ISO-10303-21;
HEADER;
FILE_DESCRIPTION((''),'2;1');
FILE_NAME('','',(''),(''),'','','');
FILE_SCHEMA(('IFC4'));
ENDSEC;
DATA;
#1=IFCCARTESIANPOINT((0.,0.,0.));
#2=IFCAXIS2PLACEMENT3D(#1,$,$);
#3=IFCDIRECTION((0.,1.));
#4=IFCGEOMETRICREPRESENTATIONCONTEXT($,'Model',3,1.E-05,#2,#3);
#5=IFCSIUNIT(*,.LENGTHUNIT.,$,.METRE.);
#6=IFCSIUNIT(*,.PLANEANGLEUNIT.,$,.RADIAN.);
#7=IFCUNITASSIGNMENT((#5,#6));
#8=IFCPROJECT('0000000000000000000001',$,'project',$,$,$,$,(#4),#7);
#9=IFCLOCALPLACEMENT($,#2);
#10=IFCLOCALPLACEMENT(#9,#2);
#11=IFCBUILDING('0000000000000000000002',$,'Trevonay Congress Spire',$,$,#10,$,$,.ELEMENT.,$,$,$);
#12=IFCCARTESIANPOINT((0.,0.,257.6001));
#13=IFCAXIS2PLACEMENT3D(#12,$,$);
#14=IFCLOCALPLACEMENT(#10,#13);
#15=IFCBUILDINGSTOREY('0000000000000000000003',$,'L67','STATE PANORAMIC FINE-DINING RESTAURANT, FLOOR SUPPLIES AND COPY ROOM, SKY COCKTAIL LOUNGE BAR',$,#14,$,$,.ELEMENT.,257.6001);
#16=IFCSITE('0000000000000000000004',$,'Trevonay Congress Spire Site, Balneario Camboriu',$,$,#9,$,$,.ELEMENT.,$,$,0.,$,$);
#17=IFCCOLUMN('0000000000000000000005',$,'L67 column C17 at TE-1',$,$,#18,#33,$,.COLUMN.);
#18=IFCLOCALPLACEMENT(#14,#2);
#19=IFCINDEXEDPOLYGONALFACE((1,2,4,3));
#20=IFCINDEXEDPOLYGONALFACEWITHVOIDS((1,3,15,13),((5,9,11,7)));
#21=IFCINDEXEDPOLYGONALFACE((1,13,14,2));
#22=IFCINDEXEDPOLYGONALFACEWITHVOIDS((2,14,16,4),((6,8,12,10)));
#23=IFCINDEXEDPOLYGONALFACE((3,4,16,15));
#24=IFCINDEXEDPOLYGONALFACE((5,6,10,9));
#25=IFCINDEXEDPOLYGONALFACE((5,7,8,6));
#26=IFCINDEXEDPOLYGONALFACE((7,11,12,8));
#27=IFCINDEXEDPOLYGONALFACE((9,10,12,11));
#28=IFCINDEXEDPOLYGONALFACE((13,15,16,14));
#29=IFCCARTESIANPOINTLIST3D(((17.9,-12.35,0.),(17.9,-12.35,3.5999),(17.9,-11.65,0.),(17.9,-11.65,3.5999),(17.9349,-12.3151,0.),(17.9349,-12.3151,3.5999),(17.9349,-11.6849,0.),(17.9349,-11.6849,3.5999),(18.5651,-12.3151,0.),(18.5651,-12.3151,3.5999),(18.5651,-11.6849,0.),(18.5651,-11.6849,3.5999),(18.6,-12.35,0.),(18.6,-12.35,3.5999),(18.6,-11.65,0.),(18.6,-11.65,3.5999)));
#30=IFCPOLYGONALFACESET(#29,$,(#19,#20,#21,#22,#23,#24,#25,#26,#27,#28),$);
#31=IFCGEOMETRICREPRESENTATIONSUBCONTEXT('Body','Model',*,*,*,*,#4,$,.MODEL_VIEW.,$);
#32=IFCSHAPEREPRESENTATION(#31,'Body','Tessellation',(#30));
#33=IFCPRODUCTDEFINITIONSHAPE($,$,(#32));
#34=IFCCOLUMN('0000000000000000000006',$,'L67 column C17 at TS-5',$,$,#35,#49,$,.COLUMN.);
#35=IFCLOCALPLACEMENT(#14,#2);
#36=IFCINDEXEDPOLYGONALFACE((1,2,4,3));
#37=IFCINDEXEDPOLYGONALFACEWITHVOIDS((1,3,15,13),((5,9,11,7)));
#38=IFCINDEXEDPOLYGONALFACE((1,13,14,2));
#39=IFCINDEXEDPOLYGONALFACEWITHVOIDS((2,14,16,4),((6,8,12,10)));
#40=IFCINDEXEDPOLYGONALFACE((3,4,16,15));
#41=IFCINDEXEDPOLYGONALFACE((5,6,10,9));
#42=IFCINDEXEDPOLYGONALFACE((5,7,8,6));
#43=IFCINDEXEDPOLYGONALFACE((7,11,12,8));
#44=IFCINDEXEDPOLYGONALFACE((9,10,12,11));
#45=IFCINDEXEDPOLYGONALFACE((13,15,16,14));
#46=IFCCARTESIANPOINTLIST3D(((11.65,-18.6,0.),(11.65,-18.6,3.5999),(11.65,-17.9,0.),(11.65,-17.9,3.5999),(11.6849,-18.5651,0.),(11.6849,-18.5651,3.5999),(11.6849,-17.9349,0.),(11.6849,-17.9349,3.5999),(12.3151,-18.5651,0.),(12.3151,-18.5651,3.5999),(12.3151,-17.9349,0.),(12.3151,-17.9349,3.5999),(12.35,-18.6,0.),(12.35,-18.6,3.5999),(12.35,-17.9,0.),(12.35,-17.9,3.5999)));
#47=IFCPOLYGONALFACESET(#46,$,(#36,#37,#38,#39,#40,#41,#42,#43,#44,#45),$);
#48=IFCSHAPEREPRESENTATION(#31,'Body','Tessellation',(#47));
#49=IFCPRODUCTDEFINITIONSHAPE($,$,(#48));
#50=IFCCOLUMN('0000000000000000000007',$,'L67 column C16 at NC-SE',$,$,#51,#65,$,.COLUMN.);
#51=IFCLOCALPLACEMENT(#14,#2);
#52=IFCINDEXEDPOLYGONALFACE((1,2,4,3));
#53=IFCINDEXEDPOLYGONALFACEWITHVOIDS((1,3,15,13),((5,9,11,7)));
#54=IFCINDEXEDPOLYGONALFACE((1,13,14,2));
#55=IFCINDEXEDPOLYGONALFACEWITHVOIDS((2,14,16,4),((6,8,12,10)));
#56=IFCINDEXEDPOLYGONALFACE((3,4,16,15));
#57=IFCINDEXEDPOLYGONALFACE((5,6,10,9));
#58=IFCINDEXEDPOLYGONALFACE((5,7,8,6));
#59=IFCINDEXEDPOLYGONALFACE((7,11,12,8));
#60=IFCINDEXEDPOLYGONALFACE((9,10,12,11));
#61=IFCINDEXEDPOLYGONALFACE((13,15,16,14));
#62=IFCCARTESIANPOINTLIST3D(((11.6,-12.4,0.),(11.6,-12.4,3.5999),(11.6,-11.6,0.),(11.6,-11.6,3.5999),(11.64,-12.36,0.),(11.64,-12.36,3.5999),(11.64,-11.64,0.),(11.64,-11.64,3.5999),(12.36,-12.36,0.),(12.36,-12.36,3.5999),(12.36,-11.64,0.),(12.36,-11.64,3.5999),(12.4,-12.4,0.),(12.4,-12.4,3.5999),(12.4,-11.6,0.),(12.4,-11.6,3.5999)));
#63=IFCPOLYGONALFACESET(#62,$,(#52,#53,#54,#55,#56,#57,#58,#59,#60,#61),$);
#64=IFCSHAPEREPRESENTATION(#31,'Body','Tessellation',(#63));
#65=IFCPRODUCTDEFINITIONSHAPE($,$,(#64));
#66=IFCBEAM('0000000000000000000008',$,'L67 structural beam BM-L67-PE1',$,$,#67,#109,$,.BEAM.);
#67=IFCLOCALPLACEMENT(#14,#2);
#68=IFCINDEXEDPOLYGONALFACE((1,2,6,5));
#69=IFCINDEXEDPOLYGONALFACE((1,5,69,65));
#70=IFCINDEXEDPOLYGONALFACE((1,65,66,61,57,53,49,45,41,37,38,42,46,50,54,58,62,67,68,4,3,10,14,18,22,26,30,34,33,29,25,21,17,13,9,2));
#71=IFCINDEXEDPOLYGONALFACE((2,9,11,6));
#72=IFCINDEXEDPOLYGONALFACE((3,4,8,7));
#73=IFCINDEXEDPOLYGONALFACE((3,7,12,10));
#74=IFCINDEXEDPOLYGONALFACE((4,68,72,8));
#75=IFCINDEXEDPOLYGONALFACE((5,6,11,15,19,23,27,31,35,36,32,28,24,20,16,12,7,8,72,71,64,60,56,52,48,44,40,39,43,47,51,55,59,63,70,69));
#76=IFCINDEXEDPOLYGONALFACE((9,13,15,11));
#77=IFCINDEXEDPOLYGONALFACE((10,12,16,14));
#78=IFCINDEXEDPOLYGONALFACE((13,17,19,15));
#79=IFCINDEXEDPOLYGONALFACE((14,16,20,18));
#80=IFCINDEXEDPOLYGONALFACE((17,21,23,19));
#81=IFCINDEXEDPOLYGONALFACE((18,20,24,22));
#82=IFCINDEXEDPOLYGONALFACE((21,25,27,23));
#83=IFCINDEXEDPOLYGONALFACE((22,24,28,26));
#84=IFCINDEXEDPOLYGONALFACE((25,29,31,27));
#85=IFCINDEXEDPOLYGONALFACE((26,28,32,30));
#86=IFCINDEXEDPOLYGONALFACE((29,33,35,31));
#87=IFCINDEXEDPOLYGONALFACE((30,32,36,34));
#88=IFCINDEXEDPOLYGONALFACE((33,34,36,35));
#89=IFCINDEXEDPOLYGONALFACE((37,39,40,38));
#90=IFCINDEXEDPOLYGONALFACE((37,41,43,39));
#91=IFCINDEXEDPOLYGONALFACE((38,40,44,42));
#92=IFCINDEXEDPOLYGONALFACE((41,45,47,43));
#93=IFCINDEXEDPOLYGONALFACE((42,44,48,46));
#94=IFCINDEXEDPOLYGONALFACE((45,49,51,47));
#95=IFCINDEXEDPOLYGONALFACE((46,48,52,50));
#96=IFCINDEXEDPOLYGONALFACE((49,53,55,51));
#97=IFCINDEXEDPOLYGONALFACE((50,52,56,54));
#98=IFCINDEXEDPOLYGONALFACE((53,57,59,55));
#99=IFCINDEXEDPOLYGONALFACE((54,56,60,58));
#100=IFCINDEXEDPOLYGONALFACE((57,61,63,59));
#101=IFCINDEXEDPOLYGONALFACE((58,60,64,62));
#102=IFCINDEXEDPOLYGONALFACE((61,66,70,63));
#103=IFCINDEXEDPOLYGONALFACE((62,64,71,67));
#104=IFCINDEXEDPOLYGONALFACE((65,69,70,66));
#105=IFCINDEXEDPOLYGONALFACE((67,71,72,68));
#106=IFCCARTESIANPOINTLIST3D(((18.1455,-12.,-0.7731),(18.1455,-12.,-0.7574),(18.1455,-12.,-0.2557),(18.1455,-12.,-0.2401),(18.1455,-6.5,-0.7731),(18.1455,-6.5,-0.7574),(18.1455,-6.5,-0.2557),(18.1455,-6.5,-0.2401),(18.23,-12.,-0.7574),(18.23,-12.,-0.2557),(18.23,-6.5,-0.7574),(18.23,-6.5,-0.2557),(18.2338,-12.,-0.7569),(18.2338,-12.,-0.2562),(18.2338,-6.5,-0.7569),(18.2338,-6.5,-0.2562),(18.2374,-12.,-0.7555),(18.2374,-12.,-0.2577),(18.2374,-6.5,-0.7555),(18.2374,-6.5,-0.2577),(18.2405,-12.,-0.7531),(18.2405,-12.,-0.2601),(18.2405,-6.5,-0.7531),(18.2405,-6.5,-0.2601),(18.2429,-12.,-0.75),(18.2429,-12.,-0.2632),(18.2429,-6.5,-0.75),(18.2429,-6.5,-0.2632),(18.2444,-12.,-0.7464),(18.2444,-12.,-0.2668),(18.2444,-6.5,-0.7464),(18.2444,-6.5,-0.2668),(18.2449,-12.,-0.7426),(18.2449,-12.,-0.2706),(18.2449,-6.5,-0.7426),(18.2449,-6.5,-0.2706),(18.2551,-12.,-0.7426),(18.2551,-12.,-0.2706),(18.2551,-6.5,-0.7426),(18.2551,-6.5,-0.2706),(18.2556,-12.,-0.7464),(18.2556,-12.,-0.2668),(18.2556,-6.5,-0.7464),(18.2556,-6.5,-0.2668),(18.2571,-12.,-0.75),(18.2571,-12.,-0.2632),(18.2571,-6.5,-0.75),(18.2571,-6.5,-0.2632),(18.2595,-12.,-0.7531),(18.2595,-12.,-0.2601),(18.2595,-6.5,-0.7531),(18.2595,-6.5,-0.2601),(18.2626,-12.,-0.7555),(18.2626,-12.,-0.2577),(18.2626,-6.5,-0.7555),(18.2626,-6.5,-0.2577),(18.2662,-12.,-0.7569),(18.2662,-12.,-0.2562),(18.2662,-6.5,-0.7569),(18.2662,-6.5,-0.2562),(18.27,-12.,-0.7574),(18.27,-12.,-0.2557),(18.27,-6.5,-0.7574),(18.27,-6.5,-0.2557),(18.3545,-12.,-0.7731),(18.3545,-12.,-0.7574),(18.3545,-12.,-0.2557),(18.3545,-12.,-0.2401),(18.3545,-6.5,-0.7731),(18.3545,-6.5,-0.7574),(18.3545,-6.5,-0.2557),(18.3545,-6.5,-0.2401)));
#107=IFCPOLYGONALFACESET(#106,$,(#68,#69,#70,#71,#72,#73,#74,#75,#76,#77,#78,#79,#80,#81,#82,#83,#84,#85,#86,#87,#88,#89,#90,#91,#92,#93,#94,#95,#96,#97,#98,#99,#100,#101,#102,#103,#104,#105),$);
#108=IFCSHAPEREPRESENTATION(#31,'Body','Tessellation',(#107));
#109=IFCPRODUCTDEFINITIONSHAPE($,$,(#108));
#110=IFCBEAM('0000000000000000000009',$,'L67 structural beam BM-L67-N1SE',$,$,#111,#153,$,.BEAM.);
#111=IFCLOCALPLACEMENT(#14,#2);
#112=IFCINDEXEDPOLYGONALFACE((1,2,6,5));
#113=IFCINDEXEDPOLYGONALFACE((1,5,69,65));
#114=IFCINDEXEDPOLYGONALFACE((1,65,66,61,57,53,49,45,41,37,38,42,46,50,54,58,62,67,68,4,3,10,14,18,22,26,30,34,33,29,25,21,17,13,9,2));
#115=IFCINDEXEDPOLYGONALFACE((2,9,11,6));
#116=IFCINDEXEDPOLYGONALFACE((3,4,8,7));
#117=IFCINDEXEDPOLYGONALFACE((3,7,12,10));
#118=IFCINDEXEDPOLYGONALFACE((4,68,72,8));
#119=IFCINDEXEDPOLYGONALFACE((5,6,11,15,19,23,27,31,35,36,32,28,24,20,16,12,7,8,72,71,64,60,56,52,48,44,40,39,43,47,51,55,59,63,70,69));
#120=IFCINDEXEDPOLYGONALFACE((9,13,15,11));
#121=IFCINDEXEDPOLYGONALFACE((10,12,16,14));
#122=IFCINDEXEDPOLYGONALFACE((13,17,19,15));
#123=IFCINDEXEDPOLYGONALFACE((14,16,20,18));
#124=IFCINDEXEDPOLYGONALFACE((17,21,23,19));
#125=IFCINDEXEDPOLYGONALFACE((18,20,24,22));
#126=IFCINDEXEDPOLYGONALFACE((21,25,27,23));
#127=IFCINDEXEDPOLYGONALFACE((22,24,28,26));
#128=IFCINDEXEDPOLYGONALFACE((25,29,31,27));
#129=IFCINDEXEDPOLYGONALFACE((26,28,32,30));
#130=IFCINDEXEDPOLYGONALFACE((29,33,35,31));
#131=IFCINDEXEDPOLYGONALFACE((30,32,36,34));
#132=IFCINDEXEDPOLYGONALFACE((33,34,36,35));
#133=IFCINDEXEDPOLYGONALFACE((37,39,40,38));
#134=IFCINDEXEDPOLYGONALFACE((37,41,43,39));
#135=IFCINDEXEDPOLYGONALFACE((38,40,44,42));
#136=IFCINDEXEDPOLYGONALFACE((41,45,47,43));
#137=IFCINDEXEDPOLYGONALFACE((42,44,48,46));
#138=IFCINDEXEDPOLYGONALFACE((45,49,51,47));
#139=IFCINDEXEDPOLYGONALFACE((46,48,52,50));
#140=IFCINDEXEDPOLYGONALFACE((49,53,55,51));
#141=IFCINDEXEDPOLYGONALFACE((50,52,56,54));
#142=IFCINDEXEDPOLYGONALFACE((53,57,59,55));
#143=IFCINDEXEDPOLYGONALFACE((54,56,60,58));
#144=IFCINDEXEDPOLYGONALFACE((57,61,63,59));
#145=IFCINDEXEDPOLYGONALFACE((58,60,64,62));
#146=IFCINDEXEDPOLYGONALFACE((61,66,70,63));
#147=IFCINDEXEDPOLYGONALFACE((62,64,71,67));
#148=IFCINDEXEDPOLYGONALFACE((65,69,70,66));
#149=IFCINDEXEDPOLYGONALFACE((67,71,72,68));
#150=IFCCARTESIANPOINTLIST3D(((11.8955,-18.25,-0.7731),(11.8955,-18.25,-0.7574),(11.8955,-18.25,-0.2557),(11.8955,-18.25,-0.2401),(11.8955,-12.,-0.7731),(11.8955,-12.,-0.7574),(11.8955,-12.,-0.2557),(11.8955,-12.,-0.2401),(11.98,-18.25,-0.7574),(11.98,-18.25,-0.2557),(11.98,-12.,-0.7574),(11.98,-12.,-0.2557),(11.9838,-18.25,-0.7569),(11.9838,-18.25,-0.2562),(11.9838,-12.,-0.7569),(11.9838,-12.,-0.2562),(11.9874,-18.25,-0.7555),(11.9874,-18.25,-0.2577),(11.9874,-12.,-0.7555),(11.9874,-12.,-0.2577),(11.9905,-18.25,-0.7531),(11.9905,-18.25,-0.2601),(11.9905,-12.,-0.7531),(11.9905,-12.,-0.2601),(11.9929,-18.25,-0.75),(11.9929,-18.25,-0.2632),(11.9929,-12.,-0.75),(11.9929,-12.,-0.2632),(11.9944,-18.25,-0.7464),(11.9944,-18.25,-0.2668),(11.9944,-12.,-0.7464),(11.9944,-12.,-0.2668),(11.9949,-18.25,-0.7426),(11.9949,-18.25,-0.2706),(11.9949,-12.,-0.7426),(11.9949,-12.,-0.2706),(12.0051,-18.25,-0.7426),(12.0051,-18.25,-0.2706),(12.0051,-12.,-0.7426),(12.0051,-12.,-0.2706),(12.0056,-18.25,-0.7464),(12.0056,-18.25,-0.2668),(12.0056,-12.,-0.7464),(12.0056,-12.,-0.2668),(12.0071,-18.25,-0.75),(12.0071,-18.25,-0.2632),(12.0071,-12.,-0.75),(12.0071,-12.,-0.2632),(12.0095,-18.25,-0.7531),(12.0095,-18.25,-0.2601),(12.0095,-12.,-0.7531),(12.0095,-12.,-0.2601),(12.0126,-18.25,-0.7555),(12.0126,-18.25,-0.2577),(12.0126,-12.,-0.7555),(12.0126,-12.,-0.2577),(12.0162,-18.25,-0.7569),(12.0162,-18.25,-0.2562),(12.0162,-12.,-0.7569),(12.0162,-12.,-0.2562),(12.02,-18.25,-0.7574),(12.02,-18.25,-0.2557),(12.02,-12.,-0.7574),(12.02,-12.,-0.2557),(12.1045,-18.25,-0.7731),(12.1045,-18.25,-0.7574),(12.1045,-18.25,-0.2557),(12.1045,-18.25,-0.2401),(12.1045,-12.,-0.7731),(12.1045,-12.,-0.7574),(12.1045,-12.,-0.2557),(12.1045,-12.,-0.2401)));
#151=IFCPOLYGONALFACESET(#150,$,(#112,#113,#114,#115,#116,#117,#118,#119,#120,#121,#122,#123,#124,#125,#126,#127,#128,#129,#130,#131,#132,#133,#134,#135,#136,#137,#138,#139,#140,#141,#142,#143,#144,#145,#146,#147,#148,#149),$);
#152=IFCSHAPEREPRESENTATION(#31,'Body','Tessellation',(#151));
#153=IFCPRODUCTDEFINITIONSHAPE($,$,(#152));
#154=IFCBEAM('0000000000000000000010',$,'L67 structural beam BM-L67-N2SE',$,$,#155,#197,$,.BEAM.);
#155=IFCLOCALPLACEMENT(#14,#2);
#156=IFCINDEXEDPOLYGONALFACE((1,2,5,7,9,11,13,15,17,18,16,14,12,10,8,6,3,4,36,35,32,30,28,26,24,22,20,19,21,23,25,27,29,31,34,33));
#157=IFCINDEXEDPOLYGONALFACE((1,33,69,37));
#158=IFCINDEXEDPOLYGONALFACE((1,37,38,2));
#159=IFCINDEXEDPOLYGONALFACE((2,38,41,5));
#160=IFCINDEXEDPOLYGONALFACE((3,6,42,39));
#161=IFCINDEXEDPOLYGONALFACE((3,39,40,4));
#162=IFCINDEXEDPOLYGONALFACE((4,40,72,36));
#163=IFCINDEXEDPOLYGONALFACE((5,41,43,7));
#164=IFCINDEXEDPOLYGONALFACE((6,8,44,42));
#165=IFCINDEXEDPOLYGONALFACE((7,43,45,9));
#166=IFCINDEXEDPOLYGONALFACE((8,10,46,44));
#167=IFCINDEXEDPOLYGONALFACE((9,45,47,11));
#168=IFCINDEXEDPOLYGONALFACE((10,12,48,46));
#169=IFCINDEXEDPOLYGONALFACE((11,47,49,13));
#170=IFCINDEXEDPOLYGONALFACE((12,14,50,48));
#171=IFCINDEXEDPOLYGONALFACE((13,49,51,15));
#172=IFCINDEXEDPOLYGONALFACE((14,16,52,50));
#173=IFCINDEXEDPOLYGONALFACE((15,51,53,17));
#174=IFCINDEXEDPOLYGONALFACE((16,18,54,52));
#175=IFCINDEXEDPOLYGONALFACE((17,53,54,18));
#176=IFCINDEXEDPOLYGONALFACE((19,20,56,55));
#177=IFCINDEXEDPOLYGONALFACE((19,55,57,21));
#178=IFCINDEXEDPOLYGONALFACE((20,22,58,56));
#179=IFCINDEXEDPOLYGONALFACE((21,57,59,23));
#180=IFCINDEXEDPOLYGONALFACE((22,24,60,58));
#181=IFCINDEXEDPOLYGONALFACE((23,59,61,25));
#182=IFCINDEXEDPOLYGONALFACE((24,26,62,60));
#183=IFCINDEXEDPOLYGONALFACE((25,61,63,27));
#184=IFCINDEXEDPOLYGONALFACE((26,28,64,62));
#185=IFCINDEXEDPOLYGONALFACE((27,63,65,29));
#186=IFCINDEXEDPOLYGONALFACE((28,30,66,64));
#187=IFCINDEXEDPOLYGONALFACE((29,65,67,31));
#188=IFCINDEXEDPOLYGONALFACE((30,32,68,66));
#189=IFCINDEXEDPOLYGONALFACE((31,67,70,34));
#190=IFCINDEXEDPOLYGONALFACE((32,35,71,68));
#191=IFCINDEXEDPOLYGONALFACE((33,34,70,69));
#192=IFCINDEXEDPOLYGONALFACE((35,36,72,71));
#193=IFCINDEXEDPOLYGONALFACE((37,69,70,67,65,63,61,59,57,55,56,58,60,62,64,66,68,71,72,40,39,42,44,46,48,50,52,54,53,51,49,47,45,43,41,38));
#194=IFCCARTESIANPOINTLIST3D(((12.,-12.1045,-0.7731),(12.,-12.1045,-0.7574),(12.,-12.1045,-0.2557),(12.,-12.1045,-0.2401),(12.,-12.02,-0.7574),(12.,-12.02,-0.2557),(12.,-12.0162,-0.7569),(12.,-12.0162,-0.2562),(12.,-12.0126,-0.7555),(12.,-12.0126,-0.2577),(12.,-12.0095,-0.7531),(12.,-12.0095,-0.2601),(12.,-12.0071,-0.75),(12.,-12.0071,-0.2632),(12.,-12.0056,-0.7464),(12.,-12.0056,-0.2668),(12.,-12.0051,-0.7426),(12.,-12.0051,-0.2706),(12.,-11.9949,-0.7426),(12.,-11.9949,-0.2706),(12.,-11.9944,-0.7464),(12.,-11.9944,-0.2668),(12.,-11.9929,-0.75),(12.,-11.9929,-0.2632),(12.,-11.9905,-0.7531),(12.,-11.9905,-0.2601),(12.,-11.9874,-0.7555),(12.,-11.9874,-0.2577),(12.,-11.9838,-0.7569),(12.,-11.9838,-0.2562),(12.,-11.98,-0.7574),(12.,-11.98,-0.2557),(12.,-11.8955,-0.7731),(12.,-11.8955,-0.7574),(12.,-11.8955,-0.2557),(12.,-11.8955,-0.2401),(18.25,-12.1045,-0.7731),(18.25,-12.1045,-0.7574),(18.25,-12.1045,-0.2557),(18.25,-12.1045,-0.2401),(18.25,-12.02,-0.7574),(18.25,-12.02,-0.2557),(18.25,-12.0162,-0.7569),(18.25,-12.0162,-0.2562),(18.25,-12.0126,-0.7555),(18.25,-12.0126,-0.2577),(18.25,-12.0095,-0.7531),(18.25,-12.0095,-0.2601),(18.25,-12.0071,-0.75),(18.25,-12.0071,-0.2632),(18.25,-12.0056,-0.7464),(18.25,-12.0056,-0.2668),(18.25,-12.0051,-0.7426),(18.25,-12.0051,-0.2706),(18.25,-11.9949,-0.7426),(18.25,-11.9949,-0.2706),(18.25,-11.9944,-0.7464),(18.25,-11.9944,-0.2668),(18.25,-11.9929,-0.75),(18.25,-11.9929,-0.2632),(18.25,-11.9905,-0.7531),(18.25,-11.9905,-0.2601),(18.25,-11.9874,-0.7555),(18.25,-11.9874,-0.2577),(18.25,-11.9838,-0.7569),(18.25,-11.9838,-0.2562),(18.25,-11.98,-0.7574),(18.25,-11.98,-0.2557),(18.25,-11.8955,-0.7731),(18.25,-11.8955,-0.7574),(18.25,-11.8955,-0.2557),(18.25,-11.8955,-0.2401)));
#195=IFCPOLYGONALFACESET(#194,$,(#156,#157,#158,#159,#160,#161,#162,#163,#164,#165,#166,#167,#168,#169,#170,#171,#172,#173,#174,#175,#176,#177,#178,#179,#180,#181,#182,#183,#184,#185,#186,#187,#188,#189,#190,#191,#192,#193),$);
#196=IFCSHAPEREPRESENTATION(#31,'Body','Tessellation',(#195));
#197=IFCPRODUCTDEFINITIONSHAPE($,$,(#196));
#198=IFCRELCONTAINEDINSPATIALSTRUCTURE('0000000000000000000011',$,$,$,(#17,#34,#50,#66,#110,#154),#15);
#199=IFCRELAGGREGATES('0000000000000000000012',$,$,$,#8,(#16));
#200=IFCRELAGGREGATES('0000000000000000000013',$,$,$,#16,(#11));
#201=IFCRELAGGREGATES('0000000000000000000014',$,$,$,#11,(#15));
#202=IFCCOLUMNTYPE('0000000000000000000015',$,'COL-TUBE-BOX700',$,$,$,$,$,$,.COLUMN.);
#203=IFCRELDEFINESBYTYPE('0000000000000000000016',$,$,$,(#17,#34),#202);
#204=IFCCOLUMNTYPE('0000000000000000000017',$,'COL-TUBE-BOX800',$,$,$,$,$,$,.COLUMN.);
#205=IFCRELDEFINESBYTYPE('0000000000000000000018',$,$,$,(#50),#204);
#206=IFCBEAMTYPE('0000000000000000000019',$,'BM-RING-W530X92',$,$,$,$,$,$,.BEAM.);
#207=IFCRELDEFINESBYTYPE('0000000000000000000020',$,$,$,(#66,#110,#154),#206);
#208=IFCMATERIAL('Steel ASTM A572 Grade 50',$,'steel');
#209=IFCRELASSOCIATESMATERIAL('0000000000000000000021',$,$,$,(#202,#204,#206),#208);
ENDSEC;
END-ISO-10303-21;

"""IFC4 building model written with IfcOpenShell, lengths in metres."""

from ifc_helpers import new_model, si_unit, direction, frame, origin, origin_2d, place, context, subcontext, project, spatial, hollow_rectangle, i_section, extrude, material, material_profile, profile_set, type_object, element, save


model = new_model("IFC4")

# Units and contexts
model_context = context("Model", 3, precision=1e-05, world=origin(), true_north=direction((0.0, 1.0)))
body_context = subcontext(model_context, "Body", "Model", "MODEL_VIEW")
ifc_project = project(units=[si_unit("LENGTHUNIT", "METRE"), si_unit("PLANEANGLEUNIT", "RADIAN")], contexts=[model_context])

# Site, building, storey
site_placement = place(None, origin())
site = spatial("IfcSite", under=ifc_project, at=site_placement, Name="Trevonay Congress Spire Site, Balneario Camboriu", CompositionType="ELEMENT", RefElevation=0.0)
building_placement = place(site_placement, origin())
building = spatial("IfcBuilding", under=site, at=building_placement, Name="Trevonay Congress Spire", CompositionType="ELEMENT")
storey_placement = place(building_placement, frame((0.0, 0.0, 257.6001)))
storey = spatial("IfcBuildingStorey", under=building, at=storey_placement, Name="L67", Description="STATE PANORAMIC FINE-DINING RESTAURANT, FLOOR SUPPLIES AND COPY ROOM, SKY COCKTAIL LOUNGE BAR", CompositionType="ELEMENT", Elevation=257.6001)

# Columns
ifc_material_1 = material(Name="Steel ASTM A572 Grade 50", Category="steel")
ifc_material_profile_1 = material_profile(ifc_material_1, hollow_rectangle(XDim=0.7, YDim=0.7, WallThickness=0.0349, at=origin_2d()), Name="BOX 700x700x35")
ifc_profile_set_1 = profile_set([ifc_material_profile_1], Name="Steel ASTM A572 Grade 50")
column_type_1 = type_object("IfcColumnType", Name="COL-TUBE-BOX700", PredefinedType="COLUMN", material=ifc_profile_set_1)
for number, where, z_axis, x_axis, name in (
    (1, (18.25, -12.0, 0.0), (0.0, 0.0, 1.0), (1.0, 0.0, 0.0), "L67 column C17 at TE-1"),
    (2, (12.0, -18.25, 0.0), (0.0, 0.0, 1.0), (1.0, 0.0, 0.0), "L67 column C17 at TS-5"),
):
    element("IfcColumn", number, at=place(storey_placement, frame(where, z_axis=z_axis, x_axis=x_axis)), inside=storey, type_object=column_type_1, Name=name, PredefinedType="COLUMN", context=body_context, shape_type="SweptSolid", body=[
        extrude(hollow_rectangle(XDim=0.7, YDim=0.7, WallThickness=0.0349, at=origin_2d()), origin(), (0.0, 0.0, 1.0), 3.5999),
    ])
ifc_material_profile_2 = material_profile(ifc_material_1, hollow_rectangle(XDim=0.8, YDim=0.8, WallThickness=0.04, at=origin_2d()), Name="BOX 800x800x40")
ifc_profile_set_2 = profile_set([ifc_material_profile_2], Name="Steel ASTM A572 Grade 50")
column_type_2 = type_object("IfcColumnType", Name="COL-TUBE-BOX800", PredefinedType="COLUMN", material=ifc_profile_set_2)
column_placement = place(storey_placement, frame((12.0, -12.0, 0.0), z_axis=(0.0, 0.0, 1.0), x_axis=(1.0, 0.0, 0.0)))
element("IfcColumn", 3, at=column_placement, inside=storey, type_object=column_type_2, Name="L67 column C16 at NC-SE", PredefinedType="COLUMN", context=body_context, shape_type="SweptSolid", body=[
    extrude(hollow_rectangle(XDim=0.8, YDim=0.8, WallThickness=0.04, at=origin_2d()), origin(), (0.0, 0.0, 1.0), 3.5999),
])

# Beams
ifc_material_profile_3 = material_profile(ifc_material_1, i_section(OverallWidth=0.209, OverallDepth=0.533, WebThickness=0.0103, FlangeThickness=0.0156, FilletRadius=0.0149, at=origin_2d()), Name="W530x92")
ifc_profile_set_3 = profile_set([ifc_material_profile_3], Name="Steel ASTM A572 Grade 50")
beam_type_1 = type_object("IfcBeamType", Name="BM-RING-W530X92", PredefinedType="BEAM", material=ifc_profile_set_3)
beam_1_placement = place(storey_placement, frame((18.25, -12.0, -0.5066), z_axis=(0.0, 1.0, 0.0), x_axis=(-1.0, 0.0, 0.0)))
element("IfcBeam", 4, at=beam_1_placement, inside=storey, type_object=beam_type_1, Name="L67 structural beam BM-L67-PE1", PredefinedType="BEAM", context=body_context, shape_type="SweptSolid", body=[
    extrude(i_section(OverallWidth=0.209, OverallDepth=0.533, WebThickness=0.0103, FlangeThickness=0.0156, FilletRadius=0.0149, at=origin_2d()), origin(), (0.0, 0.0, 1.0), 5.5),
])
for number, where, z_axis, x_axis, name in (
    (5, (12.0, -18.25, -0.5066), (0.0, 1.0, 0.0), (-1.0, 0.0, 0.0), "L67 structural beam BM-L67-N1SE"),
    (6, (18.25, -12.0, -0.5066), (-1.0, 0.0, 0.0), (0.0, -1.0, 0.0), "L67 structural beam BM-L67-N2SE"),
):
    element("IfcBeam", number, at=place(storey_placement, frame(where, z_axis=z_axis, x_axis=x_axis)), inside=storey, type_object=beam_type_1, Name=name, PredefinedType="BEAM", context=body_context, shape_type="SweptSolid", body=[
        extrude(i_section(OverallWidth=0.209, OverallDepth=0.533, WebThickness=0.0103, FlangeThickness=0.0156, FilletRadius=0.0149, at=origin_2d()), origin(), (0.0, 0.0, 1.0), 6.25),
    ])

save(model, "model.ifc")
